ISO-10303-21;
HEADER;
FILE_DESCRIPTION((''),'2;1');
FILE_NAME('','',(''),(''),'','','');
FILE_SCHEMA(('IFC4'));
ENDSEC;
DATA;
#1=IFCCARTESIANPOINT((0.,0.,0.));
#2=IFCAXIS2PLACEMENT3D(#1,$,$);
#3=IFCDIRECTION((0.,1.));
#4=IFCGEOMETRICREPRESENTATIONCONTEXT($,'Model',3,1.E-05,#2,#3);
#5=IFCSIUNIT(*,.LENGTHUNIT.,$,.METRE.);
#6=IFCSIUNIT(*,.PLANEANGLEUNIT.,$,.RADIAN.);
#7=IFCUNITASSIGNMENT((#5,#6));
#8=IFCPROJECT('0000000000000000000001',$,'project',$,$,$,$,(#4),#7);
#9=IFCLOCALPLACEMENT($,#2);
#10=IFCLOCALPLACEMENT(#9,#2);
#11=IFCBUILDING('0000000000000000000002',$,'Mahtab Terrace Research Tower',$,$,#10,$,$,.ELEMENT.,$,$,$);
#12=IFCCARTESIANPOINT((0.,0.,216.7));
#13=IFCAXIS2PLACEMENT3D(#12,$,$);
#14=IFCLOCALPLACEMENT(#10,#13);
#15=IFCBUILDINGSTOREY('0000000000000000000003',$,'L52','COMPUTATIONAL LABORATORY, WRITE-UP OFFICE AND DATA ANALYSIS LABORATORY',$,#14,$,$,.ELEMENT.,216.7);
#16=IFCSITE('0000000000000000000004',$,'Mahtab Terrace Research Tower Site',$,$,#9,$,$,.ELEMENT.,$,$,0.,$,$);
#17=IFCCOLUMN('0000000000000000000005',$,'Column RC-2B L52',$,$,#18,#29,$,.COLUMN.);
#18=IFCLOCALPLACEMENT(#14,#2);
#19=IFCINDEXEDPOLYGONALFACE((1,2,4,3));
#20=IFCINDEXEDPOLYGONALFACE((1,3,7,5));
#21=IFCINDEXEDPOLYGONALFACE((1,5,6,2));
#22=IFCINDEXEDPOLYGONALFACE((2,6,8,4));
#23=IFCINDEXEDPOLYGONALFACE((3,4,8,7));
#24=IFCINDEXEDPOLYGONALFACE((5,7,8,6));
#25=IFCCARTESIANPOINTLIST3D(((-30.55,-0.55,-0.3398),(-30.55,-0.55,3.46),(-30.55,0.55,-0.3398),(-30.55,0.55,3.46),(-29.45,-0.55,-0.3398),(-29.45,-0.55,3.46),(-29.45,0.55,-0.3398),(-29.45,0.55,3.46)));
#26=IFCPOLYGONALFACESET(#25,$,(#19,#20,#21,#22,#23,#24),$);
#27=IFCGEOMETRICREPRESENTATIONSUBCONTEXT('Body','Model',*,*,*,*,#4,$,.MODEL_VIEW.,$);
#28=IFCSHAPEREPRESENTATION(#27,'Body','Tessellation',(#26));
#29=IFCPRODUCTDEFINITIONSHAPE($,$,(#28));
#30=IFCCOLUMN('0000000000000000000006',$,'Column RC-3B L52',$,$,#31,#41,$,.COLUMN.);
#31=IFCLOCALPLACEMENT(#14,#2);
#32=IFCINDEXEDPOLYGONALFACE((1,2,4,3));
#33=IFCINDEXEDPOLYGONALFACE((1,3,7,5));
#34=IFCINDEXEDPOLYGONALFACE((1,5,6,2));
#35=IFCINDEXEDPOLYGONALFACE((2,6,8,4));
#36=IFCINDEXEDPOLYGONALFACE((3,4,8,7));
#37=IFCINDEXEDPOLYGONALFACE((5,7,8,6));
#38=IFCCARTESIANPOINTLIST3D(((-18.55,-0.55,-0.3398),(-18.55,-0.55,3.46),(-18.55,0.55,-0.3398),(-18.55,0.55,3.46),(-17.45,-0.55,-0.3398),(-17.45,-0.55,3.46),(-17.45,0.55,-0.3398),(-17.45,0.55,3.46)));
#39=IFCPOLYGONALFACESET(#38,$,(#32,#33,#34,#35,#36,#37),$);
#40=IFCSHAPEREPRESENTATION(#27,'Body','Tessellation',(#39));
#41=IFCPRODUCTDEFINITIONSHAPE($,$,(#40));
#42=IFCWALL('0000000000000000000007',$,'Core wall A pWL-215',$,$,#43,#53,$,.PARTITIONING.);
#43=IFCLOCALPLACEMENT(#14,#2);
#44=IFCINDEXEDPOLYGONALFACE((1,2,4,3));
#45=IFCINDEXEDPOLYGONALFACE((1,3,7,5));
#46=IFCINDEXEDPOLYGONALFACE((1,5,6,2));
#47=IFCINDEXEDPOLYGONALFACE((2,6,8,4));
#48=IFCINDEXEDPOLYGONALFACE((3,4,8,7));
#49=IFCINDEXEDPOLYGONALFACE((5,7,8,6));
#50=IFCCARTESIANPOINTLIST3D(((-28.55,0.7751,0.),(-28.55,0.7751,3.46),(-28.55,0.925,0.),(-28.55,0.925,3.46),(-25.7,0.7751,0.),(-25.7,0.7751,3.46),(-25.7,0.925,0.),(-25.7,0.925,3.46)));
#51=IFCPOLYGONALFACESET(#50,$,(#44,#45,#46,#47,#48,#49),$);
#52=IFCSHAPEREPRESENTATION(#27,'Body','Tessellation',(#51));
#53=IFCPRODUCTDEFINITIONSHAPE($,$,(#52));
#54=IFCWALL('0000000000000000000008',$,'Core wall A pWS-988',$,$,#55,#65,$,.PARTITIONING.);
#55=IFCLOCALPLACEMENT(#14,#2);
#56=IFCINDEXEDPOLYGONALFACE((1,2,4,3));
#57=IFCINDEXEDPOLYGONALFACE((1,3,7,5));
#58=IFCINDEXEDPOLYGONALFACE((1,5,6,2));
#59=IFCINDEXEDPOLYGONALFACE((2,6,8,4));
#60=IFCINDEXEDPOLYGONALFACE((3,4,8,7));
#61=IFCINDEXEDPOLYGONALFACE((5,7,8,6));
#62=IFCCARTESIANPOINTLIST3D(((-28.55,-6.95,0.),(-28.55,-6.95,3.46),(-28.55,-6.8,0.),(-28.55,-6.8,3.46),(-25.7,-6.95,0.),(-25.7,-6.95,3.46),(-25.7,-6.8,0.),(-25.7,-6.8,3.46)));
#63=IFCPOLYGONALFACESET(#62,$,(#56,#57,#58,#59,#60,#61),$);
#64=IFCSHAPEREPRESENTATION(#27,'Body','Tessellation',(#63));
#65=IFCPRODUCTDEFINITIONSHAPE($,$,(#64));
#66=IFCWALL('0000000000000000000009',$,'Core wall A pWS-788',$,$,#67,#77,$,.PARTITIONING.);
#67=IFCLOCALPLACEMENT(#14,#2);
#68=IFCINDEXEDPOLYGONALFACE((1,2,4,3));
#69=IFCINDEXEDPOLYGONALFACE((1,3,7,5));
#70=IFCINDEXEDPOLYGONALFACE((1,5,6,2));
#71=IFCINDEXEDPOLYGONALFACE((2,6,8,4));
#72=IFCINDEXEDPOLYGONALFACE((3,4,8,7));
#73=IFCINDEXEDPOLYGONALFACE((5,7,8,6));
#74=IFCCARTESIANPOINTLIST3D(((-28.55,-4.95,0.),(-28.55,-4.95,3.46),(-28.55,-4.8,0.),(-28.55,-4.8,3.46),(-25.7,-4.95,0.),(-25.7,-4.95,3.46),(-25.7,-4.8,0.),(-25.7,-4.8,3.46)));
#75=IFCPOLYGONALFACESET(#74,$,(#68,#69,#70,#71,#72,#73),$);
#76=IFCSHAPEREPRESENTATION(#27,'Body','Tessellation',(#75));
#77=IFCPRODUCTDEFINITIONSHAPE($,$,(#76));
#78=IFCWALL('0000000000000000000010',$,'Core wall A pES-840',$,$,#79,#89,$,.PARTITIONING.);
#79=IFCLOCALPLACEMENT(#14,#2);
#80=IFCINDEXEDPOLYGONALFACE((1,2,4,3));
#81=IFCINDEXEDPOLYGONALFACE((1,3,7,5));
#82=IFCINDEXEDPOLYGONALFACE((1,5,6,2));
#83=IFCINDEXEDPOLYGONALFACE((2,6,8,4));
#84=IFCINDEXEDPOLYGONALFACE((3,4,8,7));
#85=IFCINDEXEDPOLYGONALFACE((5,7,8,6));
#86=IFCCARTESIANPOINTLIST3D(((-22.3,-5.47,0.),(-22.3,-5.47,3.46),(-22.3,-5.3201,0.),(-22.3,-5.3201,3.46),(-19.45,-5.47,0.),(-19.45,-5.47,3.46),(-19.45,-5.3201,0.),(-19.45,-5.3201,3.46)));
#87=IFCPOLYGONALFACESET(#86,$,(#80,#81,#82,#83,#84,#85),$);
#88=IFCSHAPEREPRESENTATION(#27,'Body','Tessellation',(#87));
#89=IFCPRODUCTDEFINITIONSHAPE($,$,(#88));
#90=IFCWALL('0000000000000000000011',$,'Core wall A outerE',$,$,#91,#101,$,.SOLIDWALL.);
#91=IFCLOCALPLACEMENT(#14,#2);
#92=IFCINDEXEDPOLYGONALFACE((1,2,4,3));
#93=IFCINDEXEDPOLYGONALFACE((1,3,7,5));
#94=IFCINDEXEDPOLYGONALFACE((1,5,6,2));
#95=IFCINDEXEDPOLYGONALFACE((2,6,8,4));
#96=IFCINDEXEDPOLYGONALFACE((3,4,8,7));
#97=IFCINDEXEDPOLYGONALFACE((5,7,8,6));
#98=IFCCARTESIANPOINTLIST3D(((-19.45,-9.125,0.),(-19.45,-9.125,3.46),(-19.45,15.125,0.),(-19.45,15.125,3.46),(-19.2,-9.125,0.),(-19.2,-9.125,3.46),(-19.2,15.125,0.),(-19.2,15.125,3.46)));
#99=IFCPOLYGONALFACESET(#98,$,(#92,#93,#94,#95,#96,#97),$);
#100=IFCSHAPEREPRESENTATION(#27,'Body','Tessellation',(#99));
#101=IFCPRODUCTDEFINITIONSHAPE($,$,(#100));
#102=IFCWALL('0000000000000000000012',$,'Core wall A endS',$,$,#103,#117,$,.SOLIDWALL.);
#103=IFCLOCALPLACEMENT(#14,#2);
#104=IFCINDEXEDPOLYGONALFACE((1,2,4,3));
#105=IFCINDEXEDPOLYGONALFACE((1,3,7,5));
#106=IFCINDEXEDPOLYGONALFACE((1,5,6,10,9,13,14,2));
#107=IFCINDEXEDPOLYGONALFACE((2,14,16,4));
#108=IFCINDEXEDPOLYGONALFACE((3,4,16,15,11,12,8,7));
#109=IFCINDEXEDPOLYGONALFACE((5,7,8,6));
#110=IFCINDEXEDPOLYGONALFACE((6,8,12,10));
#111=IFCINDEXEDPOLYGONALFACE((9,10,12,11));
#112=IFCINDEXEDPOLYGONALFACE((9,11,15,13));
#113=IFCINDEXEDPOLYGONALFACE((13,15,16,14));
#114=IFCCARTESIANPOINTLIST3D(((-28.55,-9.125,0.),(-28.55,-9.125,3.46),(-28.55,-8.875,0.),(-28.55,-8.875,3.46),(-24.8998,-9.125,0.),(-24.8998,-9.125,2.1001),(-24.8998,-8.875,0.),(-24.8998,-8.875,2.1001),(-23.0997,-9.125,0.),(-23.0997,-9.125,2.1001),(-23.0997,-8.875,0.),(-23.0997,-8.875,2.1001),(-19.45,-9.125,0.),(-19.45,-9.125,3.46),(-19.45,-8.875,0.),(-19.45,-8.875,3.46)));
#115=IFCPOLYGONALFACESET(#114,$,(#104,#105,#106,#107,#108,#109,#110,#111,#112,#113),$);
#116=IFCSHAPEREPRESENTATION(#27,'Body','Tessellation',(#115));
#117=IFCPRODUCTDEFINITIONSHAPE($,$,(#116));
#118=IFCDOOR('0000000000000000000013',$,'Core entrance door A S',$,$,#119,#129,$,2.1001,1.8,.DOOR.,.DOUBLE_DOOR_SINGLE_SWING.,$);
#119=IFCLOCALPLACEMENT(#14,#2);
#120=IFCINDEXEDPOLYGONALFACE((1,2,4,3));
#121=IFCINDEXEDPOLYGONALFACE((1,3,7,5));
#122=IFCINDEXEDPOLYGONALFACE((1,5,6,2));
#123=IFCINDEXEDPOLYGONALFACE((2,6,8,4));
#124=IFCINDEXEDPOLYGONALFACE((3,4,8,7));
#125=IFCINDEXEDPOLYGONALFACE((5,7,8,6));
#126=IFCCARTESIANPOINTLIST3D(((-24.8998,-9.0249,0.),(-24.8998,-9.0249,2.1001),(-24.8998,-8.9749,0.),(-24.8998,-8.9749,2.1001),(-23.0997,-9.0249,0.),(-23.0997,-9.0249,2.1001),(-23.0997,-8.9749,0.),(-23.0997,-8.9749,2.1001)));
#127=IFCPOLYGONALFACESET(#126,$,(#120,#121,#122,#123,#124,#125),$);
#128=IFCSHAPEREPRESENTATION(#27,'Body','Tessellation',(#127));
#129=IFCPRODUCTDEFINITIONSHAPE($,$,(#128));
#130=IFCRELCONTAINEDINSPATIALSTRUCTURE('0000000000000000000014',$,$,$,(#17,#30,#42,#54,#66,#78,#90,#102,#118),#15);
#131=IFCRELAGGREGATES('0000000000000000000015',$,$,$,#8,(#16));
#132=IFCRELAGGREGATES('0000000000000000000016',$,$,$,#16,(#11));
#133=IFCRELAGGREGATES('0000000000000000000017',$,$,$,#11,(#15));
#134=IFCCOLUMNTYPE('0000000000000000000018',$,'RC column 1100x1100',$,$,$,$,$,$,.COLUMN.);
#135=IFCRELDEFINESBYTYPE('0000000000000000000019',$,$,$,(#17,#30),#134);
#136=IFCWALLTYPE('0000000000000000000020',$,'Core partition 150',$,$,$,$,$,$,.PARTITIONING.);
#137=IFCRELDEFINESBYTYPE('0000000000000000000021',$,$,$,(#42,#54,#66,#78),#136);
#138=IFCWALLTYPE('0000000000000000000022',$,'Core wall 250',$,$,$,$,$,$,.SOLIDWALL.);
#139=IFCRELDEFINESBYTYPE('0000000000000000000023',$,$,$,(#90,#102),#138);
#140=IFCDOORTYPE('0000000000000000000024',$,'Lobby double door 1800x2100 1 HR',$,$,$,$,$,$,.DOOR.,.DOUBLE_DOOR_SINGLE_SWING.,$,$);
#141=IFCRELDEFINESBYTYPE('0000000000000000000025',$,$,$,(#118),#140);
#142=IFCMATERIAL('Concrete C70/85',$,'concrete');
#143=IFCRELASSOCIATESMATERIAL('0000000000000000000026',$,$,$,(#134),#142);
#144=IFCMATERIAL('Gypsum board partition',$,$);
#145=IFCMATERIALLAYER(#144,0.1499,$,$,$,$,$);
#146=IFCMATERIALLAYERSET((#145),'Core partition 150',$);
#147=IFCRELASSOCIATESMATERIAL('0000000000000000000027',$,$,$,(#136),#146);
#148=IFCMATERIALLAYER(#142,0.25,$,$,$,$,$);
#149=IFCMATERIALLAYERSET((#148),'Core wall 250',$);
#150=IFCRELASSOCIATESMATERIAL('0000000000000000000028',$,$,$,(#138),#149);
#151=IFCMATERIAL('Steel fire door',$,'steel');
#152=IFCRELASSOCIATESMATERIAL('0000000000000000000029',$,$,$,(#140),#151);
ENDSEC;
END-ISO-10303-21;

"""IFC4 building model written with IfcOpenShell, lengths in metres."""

from ifc_helpers import new_model, si_unit, direction, frame, frame_2d, origin, origin_2d, place, context, subcontext, project, spatial, rectangle, extrude, material, layer, layer_set, material_profile, profile_set, type_object, element, fill, save


model = new_model("IFC4")

# Units and contexts
model_context = context("Model", 3, precision=1e-05, world=origin(), true_north=direction((0.0, 1.0)))
body_context = subcontext(model_context, "Body", "Model", "MODEL_VIEW")
ifc_project = project(units=[si_unit("LENGTHUNIT", "METRE"), si_unit("PLANEANGLEUNIT", "RADIAN")], contexts=[model_context])

# Site, building, storey
site_placement = place(None, origin())
site = spatial("IfcSite", under=ifc_project, at=site_placement, Name="Mahtab Terrace Research Tower Site", CompositionType="ELEMENT", RefElevation=0.0)
building_placement = place(site_placement, origin())
building = spatial("IfcBuilding", under=site, at=building_placement, Name="Mahtab Terrace Research Tower", CompositionType="ELEMENT")
storey_placement = place(building_placement, frame((0.0, 0.0, 216.7)))
storey = spatial("IfcBuildingStorey", under=building, at=storey_placement, Name="L52", Description="COMPUTATIONAL LABORATORY, WRITE-UP OFFICE AND DATA ANALYSIS LABORATORY", CompositionType="ELEMENT", Elevation=216.7)

# Columns
ifc_material_1 = material(Name="Concrete C70/85", Category="concrete")
ifc_material_profile = material_profile(ifc_material_1, rectangle(XDim=1.1001, YDim=1.1001, at=origin_2d()), Name="RC column 1100x1100")
ifc_profile_set = profile_set([ifc_material_profile], Name="Concrete C70/85")
column_type = type_object("IfcColumnType", Name="RC column 1100x1100", PredefinedType="COLUMN", material=ifc_profile_set)
for number, where, z_axis, x_axis, name in (
    (1, (-30.0, 0.0, -0.3398), (0.0, 0.0, 1.0), (1.0, 0.0, 0.0), "Column RC-2B L52"),
    (2, (-18.0, 0.0, -0.3398), (0.0, 0.0, 1.0), (1.0, 0.0, 0.0), "Column RC-3B L52"),
):
    element("IfcColumn", number, at=place(storey_placement, frame(where, z_axis=z_axis, x_axis=x_axis)), inside=storey, type_object=column_type, Name=name, PredefinedType="COLUMN", context=body_context, shape_type="SweptSolid", body=[
        extrude(rectangle(XDim=1.1001, YDim=1.1001, at=origin_2d()), origin(), (0.0, 0.0, 1.0), 3.7998),
    ])

# Walls
ifc_material_2 = material(Name="Gypsum board partition")
ifc_layer_1 = layer(ifc_material_2, 0.1499)
ifc_layer_set_1 = layer_set([ifc_layer_1], Name="Core partition 150")
wall_type_1 = type_object("IfcWallType", Name="Core partition 150", PredefinedType="PARTITIONING", material=ifc_layer_set_1)
for number, where, z_axis, x_axis, name in (
    (3, (-28.55, 0.8501, 0.0), (0.0, 0.0, 1.0), (1.0, 0.0, 0.0), "Core wall A pWL-215"),
    (4, (-28.55, -6.875, 0.0), (0.0, 0.0, 1.0), (1.0, 0.0, 0.0), "Core wall A pWS-988"),
    (5, (-28.55, -4.875, 0.0), (0.0, 0.0, 1.0), (1.0, 0.0, 0.0), "Core wall A pWS-788"),
    (6, (-22.3, -5.395, 0.0), (0.0, 0.0, 1.0), (1.0, 0.0, 0.0), "Core wall A pES-840"),
):
    element("IfcWall", number, at=place(storey_placement, frame(where, z_axis=z_axis, x_axis=x_axis)), inside=storey, type_object=wall_type_1, Name=name, PredefinedType="PARTITIONING", context=body_context, shape_type="SweptSolid", body=[
        extrude(rectangle(XDim=2.8501, YDim=0.1499, at=frame_2d((1.425, 0.0))), origin(), (0.0, 0.0, 1.0), 3.46),
    ])
ifc_layer_2 = layer(ifc_material_1, 0.25)
ifc_layer_set_2 = layer_set([ifc_layer_2], Name="Core wall 250")
wall_type_2 = type_object("IfcWallType", Name="Core wall 250", PredefinedType="SOLIDWALL", material=ifc_layer_set_2)
wall_1_placement = place(storey_placement, frame((-19.325, -9.125, 0.0), z_axis=(0.0, 0.0, 1.0), x_axis=(0.0, 1.0, 0.0)))
element("IfcWall", 7, at=wall_1_placement, inside=storey, type_object=wall_type_2, Name="Core wall A outerE", PredefinedType="SOLIDWALL", context=body_context, shape_type="SweptSolid", body=[
    extrude(rectangle(XDim=24.25, YDim=0.25, at=frame_2d((12.125, 0.0))), origin(), (0.0, 0.0, 1.0), 3.46),
])

# Wall, opening, door
wall_2_placement = place(storey_placement, frame((-19.45, -9.0, 0.0), z_axis=(0.0, 0.0, 1.0), x_axis=(-1.0, 0.0, 0.0)))
wall_2 = element("IfcWall", 8, at=wall_2_placement, inside=storey, type_object=wall_type_2, Name="Core wall A endS", PredefinedType="SOLIDWALL", context=body_context, shape_type="SweptSolid", body=[
    extrude(rectangle(XDim=9.1001, YDim=0.25, at=frame_2d((4.55, 0.0))), origin(), (0.0, 0.0, 1.0), 3.46),
])
opening_1_placement = place(wall_2_placement, frame((3.6499, 0.0, 0.0)))
opening_1 = element("IfcOpeningElement", 9, at=opening_1_placement, cuts=wall_2, PredefinedType="OPENING", context=body_context, shape_type="SweptSolid", body=[
    extrude(rectangle(XDim=1.8, YDim=2.1001, at=frame_2d((0.8999, 1.05))), frame((0.0, 0.135, 0.0), z_axis=(0.0, -1.0, 0.0), x_axis=(1.0, 0.0, 0.0)), (0.0, 0.0, 1.0), 0.27),
])
ifc_material_3 = material(Name="Steel fire door", Category="steel")
door_type_1 = type_object("IfcDoorType", Name="Lobby double door 1800x2100 1 HR", OperationType="DOUBLE_DOOR_SINGLE_SWING", PredefinedType="DOOR", material=ifc_material_3)
door_1_placement = place(opening_1_placement, origin())
door_1 = element("IfcDoor", 10, at=door_1_placement, inside=storey, type_object=door_type_1, Name="Core entrance door A S", OperationType="DOUBLE_DOOR_SINGLE_SWING", OverallHeight=2.1001, OverallWidth=1.8, PredefinedType="DOOR", context=body_context, shape_type="SweptSolid", body=[
    extrude(rectangle(XDim=1.8, YDim=2.1001, at=frame_2d((0.8999, 1.05))), frame((0.0, 0.0249, 0.0), z_axis=(0.0, -1.0, 0.0), x_axis=(1.0, 0.0, 0.0)), (0.0, 0.0, 1.0), 0.05),
])
fill(opening_1, door_1)

save(model, "model.ifc")
